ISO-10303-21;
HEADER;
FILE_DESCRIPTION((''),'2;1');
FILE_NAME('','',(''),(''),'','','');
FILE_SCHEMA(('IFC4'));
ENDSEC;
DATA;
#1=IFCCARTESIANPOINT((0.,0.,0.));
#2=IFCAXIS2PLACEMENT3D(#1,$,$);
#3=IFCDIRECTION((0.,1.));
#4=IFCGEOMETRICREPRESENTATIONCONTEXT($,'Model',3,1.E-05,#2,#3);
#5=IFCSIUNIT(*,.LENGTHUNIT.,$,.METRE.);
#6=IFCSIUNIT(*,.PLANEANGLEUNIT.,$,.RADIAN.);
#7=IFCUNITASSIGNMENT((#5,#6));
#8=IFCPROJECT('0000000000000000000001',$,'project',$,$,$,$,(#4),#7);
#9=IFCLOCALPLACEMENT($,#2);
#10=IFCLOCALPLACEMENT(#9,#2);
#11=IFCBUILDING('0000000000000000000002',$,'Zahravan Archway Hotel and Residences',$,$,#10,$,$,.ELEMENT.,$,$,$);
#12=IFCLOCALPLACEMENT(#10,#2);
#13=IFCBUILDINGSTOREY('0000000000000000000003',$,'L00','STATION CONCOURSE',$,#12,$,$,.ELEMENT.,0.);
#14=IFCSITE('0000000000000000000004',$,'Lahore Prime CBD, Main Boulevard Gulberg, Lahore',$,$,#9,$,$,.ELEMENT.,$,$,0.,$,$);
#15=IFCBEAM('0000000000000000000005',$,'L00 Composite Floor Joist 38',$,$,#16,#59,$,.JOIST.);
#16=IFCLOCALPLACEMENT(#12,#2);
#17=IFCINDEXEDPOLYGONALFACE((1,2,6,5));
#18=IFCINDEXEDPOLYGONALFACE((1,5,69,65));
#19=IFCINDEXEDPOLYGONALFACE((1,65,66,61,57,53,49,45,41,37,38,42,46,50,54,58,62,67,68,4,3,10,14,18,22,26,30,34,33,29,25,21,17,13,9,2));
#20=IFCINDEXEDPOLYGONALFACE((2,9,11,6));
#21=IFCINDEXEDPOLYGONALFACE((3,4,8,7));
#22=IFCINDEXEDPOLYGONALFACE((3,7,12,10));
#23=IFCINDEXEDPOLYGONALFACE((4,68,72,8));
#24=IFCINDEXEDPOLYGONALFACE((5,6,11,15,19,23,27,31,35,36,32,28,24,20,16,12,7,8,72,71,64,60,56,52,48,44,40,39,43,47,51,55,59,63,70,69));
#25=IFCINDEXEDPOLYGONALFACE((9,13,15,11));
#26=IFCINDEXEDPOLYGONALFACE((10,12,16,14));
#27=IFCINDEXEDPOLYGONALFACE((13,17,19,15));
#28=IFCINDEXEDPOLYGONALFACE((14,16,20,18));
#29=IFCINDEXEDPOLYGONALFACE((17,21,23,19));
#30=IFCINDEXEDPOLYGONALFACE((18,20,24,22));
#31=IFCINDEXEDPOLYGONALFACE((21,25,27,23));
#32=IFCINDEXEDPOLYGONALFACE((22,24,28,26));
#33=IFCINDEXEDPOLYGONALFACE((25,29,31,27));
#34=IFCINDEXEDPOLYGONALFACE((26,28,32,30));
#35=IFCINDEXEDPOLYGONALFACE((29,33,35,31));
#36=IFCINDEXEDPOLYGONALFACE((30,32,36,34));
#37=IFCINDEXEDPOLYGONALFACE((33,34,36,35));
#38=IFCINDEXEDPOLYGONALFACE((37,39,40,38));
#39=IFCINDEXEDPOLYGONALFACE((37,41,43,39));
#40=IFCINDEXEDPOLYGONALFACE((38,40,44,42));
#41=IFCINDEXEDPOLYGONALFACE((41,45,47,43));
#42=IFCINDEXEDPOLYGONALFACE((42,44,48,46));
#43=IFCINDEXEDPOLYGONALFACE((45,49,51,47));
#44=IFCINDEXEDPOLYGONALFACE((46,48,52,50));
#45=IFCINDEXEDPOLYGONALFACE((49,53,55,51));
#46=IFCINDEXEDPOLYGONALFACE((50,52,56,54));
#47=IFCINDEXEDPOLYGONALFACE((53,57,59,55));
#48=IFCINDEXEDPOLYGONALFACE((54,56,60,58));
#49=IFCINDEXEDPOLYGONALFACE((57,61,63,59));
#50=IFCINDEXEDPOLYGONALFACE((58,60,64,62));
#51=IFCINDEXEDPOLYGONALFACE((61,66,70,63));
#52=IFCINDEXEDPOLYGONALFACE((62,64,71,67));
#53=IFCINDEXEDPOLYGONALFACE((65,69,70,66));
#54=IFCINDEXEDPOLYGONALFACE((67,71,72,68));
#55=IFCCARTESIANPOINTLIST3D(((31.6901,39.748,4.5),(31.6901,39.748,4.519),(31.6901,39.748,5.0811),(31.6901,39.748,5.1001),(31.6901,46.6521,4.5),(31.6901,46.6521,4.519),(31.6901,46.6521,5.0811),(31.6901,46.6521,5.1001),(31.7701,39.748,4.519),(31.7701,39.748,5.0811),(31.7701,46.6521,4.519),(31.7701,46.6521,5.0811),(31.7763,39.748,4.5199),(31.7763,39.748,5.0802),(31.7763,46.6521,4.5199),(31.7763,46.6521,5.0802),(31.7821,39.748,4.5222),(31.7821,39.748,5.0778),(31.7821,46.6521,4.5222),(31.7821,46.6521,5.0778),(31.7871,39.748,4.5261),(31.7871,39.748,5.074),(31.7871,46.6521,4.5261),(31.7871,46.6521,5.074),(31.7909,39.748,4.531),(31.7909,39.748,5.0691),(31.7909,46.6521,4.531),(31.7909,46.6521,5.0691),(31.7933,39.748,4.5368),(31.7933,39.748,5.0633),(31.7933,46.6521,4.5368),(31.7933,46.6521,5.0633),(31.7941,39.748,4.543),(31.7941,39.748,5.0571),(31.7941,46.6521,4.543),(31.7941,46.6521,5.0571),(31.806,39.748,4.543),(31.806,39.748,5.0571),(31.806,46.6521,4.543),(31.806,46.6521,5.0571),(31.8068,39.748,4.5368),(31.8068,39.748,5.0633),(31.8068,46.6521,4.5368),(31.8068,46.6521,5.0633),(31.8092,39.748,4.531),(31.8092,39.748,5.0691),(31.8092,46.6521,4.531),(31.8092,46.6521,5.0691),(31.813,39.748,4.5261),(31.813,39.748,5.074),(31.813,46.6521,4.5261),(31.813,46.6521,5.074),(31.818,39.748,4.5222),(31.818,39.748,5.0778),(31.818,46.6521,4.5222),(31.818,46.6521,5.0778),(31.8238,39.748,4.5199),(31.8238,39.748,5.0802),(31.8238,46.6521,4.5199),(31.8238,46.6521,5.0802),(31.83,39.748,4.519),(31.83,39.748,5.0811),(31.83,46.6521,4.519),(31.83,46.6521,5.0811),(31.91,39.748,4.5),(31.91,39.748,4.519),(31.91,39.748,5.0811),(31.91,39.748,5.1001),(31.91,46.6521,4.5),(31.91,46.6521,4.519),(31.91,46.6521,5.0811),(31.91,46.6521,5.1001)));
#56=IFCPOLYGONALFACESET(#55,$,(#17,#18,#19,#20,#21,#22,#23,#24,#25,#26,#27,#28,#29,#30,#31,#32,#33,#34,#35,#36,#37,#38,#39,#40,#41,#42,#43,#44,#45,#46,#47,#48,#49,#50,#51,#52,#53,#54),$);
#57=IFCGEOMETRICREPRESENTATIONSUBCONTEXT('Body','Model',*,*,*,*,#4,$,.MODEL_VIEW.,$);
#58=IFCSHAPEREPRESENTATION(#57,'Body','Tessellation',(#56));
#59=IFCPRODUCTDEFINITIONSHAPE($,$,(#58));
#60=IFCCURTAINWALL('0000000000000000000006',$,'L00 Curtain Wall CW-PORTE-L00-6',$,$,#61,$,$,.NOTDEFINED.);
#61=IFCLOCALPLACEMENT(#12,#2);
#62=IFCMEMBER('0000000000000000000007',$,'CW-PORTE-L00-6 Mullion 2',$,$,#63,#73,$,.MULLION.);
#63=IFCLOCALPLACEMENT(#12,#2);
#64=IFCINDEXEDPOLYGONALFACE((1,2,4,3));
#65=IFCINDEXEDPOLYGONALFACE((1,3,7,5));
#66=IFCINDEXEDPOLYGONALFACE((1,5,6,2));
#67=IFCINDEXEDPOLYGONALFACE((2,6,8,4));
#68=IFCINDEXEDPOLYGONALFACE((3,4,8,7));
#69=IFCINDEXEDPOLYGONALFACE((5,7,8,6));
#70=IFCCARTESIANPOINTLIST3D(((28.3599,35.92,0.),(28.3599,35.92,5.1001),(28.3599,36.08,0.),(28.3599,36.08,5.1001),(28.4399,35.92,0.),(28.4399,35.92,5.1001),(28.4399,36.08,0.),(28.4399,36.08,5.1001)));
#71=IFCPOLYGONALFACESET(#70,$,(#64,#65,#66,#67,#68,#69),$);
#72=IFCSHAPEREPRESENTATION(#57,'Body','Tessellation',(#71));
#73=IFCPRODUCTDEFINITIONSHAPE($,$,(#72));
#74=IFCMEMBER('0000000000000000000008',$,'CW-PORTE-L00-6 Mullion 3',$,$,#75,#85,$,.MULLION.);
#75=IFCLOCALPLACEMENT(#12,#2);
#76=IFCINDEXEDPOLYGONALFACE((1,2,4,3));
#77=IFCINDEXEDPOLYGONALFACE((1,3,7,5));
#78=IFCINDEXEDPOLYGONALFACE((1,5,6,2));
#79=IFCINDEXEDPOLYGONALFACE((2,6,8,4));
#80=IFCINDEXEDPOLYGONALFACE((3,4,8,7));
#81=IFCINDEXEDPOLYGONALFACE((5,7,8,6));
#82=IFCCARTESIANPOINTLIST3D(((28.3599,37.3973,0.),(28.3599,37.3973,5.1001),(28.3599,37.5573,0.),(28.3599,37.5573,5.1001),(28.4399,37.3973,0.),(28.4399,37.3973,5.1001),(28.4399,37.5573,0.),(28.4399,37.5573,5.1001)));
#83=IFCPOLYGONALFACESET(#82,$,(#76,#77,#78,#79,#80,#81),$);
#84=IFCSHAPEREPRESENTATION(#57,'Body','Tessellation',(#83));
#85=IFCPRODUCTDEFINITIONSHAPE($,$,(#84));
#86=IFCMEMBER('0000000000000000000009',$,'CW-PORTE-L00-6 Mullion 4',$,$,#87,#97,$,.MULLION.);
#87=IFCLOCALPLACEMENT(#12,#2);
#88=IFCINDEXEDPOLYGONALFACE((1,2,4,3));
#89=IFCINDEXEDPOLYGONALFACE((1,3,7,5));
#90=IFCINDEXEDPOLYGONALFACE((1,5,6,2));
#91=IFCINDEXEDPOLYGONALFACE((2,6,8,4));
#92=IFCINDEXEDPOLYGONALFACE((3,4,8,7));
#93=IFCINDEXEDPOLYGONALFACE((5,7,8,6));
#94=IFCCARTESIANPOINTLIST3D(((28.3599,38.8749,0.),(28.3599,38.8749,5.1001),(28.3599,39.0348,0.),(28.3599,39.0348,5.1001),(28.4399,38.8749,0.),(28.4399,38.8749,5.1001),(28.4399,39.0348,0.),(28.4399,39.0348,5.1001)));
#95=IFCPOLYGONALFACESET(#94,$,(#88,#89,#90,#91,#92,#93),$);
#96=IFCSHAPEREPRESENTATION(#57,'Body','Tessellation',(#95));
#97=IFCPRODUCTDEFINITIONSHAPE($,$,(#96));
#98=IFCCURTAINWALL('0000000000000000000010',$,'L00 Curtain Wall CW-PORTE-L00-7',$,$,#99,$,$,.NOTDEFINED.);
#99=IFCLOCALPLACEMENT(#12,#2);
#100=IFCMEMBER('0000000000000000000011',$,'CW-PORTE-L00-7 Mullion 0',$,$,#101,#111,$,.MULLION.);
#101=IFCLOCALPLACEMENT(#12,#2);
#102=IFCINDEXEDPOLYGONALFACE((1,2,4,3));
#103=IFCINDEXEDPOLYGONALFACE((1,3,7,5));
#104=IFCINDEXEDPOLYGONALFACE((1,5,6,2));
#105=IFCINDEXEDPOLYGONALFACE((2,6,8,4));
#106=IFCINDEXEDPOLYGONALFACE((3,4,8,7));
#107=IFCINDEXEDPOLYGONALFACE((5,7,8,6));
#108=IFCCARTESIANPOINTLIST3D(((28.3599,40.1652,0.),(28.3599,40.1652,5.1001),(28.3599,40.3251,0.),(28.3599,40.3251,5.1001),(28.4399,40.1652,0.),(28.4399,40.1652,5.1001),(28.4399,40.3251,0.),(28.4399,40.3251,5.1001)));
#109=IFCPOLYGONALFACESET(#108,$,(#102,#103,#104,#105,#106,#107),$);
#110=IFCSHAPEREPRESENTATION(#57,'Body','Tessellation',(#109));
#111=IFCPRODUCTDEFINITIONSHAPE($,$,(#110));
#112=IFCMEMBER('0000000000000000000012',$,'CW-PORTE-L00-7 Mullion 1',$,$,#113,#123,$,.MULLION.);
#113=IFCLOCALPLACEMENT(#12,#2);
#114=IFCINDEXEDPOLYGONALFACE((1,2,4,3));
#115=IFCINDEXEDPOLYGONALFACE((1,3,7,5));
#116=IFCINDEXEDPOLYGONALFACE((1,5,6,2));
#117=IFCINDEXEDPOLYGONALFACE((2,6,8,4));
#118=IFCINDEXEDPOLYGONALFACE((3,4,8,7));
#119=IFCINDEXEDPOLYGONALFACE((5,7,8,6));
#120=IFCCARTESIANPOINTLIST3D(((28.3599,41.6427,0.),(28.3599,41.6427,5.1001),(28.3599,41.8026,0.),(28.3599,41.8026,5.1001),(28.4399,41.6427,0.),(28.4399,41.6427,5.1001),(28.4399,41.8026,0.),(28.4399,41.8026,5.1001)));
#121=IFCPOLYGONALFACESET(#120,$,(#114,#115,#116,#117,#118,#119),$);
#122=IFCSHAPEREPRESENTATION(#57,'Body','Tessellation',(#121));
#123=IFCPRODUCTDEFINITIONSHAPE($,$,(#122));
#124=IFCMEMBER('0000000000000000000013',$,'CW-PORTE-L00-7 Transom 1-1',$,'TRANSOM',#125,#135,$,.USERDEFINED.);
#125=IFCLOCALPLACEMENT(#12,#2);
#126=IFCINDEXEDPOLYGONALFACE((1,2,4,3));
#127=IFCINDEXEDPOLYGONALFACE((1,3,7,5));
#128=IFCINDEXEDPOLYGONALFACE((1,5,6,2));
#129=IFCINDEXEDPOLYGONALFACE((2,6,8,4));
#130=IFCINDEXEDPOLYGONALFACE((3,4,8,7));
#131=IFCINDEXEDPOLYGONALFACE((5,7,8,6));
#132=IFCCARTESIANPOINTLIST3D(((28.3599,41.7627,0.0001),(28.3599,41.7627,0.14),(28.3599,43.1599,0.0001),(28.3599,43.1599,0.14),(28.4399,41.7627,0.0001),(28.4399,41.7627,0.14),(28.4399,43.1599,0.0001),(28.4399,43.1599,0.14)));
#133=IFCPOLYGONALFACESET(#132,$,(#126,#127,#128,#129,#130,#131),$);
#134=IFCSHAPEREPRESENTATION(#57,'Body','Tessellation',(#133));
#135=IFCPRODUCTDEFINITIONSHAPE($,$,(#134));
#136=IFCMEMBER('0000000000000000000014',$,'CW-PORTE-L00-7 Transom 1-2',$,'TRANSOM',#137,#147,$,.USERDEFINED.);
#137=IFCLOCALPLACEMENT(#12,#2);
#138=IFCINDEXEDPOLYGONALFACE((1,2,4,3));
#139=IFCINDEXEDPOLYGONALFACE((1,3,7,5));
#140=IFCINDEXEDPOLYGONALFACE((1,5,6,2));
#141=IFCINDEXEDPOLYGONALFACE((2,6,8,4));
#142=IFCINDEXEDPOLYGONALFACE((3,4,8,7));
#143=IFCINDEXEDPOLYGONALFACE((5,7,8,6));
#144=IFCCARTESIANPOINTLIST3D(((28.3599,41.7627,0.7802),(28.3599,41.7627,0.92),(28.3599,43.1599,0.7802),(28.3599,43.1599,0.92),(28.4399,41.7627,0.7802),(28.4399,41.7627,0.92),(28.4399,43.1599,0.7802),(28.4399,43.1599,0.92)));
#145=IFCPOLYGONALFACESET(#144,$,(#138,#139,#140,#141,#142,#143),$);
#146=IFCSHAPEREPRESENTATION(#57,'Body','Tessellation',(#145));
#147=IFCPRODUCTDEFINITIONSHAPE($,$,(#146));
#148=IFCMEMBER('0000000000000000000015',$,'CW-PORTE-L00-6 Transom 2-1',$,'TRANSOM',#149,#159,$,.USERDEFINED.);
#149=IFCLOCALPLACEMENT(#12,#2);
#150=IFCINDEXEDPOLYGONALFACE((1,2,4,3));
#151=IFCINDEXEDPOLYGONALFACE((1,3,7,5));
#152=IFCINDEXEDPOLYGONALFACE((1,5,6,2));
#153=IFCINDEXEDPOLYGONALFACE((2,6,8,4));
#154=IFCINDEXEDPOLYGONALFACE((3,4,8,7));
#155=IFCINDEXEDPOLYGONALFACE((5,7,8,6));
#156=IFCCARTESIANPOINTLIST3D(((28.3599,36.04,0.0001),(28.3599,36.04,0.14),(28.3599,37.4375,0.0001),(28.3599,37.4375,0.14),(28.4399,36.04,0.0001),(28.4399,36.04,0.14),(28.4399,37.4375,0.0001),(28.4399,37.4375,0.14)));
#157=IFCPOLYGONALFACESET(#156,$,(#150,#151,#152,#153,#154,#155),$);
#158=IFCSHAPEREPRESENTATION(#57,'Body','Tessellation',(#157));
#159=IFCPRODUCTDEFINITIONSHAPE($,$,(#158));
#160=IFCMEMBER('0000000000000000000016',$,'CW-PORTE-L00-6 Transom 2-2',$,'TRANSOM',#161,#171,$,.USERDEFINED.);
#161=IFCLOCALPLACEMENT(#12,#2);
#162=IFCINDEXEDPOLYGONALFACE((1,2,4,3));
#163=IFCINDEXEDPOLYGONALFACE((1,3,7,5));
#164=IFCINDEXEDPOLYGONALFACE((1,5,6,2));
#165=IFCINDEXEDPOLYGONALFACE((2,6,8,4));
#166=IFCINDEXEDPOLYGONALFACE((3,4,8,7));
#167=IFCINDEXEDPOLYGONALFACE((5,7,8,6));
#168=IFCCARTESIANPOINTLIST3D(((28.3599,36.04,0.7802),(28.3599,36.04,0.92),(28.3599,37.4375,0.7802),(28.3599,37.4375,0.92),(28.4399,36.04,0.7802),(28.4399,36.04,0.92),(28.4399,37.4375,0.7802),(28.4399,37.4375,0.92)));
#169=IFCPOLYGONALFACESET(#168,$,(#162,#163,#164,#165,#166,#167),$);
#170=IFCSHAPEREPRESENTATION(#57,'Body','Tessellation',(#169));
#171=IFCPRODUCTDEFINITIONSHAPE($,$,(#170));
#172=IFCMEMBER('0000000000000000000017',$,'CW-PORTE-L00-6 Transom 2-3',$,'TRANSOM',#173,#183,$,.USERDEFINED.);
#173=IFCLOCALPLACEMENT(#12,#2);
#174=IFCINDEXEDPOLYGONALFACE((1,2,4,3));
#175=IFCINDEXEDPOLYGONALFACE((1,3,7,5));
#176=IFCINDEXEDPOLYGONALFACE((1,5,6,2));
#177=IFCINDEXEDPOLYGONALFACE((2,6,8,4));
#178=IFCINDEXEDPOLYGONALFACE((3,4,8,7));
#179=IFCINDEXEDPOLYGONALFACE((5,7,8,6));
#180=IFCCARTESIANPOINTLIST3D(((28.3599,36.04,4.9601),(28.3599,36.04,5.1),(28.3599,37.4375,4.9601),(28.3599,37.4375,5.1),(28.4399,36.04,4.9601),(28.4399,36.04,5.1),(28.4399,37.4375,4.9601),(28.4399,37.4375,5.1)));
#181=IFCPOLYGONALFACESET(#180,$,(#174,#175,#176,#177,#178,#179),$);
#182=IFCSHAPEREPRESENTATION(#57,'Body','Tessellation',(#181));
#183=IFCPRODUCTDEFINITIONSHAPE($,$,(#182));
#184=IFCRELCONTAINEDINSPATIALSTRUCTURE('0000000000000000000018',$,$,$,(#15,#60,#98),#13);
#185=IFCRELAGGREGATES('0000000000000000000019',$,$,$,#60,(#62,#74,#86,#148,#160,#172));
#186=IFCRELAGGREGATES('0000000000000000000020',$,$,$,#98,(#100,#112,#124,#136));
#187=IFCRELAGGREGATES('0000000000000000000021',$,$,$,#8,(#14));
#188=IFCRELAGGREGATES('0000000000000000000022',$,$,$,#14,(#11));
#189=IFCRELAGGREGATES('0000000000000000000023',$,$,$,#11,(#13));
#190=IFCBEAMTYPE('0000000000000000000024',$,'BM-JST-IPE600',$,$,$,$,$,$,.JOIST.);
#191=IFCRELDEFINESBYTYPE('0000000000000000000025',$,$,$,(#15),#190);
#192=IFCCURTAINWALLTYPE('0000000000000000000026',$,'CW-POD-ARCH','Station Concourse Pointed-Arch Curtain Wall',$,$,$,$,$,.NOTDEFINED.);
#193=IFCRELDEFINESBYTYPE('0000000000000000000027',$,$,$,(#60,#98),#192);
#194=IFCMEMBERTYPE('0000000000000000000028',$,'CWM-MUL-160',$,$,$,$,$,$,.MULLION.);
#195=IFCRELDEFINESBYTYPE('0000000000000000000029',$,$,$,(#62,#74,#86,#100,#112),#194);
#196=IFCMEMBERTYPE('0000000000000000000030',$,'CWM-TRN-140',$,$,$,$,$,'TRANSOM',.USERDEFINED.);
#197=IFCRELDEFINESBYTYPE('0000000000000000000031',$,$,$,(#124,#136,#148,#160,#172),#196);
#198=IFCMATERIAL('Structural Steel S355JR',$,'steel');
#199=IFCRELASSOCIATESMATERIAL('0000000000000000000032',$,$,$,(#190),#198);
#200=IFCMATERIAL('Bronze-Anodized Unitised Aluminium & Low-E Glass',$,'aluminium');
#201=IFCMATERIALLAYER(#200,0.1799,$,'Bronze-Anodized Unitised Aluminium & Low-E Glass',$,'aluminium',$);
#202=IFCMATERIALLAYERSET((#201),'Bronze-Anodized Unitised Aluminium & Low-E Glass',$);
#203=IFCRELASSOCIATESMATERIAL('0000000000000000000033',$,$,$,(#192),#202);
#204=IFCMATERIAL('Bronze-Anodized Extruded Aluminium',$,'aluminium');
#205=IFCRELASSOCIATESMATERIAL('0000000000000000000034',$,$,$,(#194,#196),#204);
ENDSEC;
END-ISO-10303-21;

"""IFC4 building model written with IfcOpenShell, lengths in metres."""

from ifc_helpers import new_model, si_unit, direction, frame, origin, origin_2d, place, context, subcontext, project, spatial, rectangle, i_section, extrude, source, transform, mapped, material, layer, layer_set, material_profile, profile_set, type_object, type_shapes, element, aggregate, save


model = new_model("IFC4")

# Units and contexts
model_context = context("Model", 3, precision=1e-05, world=origin(), true_north=direction((0.0, 1.0)))
body_context = subcontext(model_context, "Body", "Model", "MODEL_VIEW")
ifc_project = project(units=[si_unit("LENGTHUNIT", "METRE"), si_unit("PLANEANGLEUNIT", "RADIAN")], contexts=[model_context])

# Site, building, storey
site_placement = place(None, origin())
site = spatial("IfcSite", under=ifc_project, at=site_placement, Name="Lahore Prime CBD, Main Boulevard Gulberg, Lahore", CompositionType="ELEMENT", RefElevation=0.0)
building_placement = place(site_placement, origin())
building = spatial("IfcBuilding", under=site, at=building_placement, Name="Zahravan Archway Hotel and Residences", CompositionType="ELEMENT")
storey_placement = place(building_placement, origin())
storey = spatial("IfcBuildingStorey", under=building, at=storey_placement, Name="L00", Description="STATION CONCOURSE", CompositionType="ELEMENT", Elevation=0.0)

# Beam
ifc_material_1 = material(Name="Structural Steel S355JR", Category="steel")
ifc_material_profile_1 = material_profile(ifc_material_1, i_section(OverallWidth=0.22, OverallDepth=0.6001, WebThickness=0.012, FlangeThickness=0.019, FilletRadius=0.0239, at=origin_2d()), Name="IPE 600", Category="steel")
ifc_profile_set_1 = profile_set([ifc_material_profile_1], Name="Structural Steel S355JR")
beam_type_1 = type_object("IfcBeamType", Name="BM-JST-IPE600", PredefinedType="JOIST", material=ifc_profile_set_1)
shared_shape_1 = source(origin(), body_context, "Body", "SweptSolid", [
    extrude(i_section(OverallWidth=0.22, OverallDepth=0.6001, WebThickness=0.012, FlangeThickness=0.019, FilletRadius=0.0239, at=origin_2d()), origin(), (0.0, 0.0, 1.0), 6.9041),
])
type_shapes(beam_type_1, [shared_shape_1])
beam_1_placement = place(storey_placement, frame((31.8, 39.748, 4.8), z_axis=(0.0, 1.0, 0.0), x_axis=(-1.0, 0.0, 0.0)))
element("IfcBeam", 1, at=beam_1_placement, inside=storey, type_object=beam_type_1, Name="L00 Composite Floor Joist 38", PredefinedType="JOIST", context=body_context, shape_type="MappedRepresentation", body=[
    mapped(shared_shape_1, transform((0.0, 0.0, 0.0), scale=1.0)),
])

# Curtain walls, members
ifc_material_2 = material(Name="Bronze-Anodized Unitised Aluminium & Low-E Glass", Category="aluminium")
ifc_layer_1 = layer(ifc_material_2, 0.1799, Name="Bronze-Anodized Unitised Aluminium & Low-E Glass", Category="aluminium")
ifc_layer_set_1 = layer_set([ifc_layer_1], Name="Bronze-Anodized Unitised Aluminium & Low-E Glass")
curtain_wall_type = type_object("IfcCurtainWallType", Name="CW-POD-ARCH", Description="Station Concourse Pointed-Arch Curtain Wall", PredefinedType="NOTDEFINED", material=ifc_layer_set_1)
curtain_wall_1_placement = place(storey_placement, origin())
curtain_wall_1 = element("IfcCurtainWall", 2, at=curtain_wall_1_placement, inside=storey, type_object=curtain_wall_type, Name="L00 Curtain Wall CW-PORTE-L00-6", PredefinedType="NOTDEFINED")
ifc_material_3 = material(Name="Bronze-Anodized Extruded Aluminium", Category="aluminium")
ifc_material_profile_2 = material_profile(ifc_material_3, rectangle(XDim=0.0801, YDim=0.1599, at=origin_2d()), Name="MUL 80x160", Category="aluminium")
ifc_profile_set_2 = profile_set([ifc_material_profile_2], Name="Bronze-Anodized Extruded Aluminium")
member_type_1 = type_object("IfcMemberType", Name="CWM-MUL-160", PredefinedType="MULLION", material=ifc_profile_set_2)
shared_shape_2 = source(origin(), body_context, "Body", "SweptSolid", [
    extrude(rectangle(XDim=0.0801, YDim=0.1599, at=origin_2d()), origin(), (0.0, 0.0, 1.0), 5.1001),
])
member_1_placement = place(storey_placement, frame((28.3999, 36.0, 0.0), z_axis=(0.0, 0.0, 1.0), x_axis=(1.0, 0.0, 0.0)))
member_1 = element("IfcMember", 3, at=member_1_placement, type_object=member_type_1, Name="CW-PORTE-L00-6 Mullion 2", PredefinedType="MULLION", context=body_context, shape_type="MappedRepresentation", body=[
    mapped(shared_shape_2, transform((0.0, 0.0, 0.0), scale=1.0)),
])
member_2_placement = place(storey_placement, frame((28.3999, 37.4773, 0.0), z_axis=(0.0, 0.0, 1.0), x_axis=(1.0, 0.0, 0.0)))
member_2 = element("IfcMember", 4, at=member_2_placement, type_object=member_type_1, Name="CW-PORTE-L00-6 Mullion 3", PredefinedType="MULLION", context=body_context, shape_type="MappedRepresentation", body=[
    mapped(shared_shape_2, transform((0.0, 0.0, 0.0), scale=1.0)),
])
member_3_placement = place(storey_placement, frame((28.3999, 38.9548, 0.0), z_axis=(0.0, 0.0, 1.0), x_axis=(1.0, 0.0, 0.0)))
member_3 = element("IfcMember", 5, at=member_3_placement, type_object=member_type_1, Name="CW-PORTE-L00-6 Mullion 4", PredefinedType="MULLION", context=body_context, shape_type="MappedRepresentation", body=[
    mapped(shared_shape_2, transform((0.0, 0.0, 0.0), scale=1.0)),
])
curtain_wall_2_placement = place(storey_placement, origin())
curtain_wall_2 = element("IfcCurtainWall", 6, at=curtain_wall_2_placement, inside=storey, type_object=curtain_wall_type, Name="L00 Curtain Wall CW-PORTE-L00-7", PredefinedType="NOTDEFINED")
member_4_placement = place(storey_placement, frame((28.3999, 40.2451, 0.0), z_axis=(0.0, 0.0, 1.0), x_axis=(1.0, 0.0, 0.0)))
member_4 = element("IfcMember", 7, at=member_4_placement, type_object=member_type_1, Name="CW-PORTE-L00-7 Mullion 0", PredefinedType="MULLION", context=body_context, shape_type="MappedRepresentation", body=[
    mapped(shared_shape_2, transform((0.0, 0.0, 0.0), scale=1.0)),
])
member_5_placement = place(storey_placement, frame((28.3999, 41.7227, 0.0), z_axis=(0.0, 0.0, 1.0), x_axis=(1.0, 0.0, 0.0)))
member_5 = element("IfcMember", 8, at=member_5_placement, type_object=member_type_1, Name="CW-PORTE-L00-7 Mullion 1", PredefinedType="MULLION", context=body_context, shape_type="MappedRepresentation", body=[
    mapped(shared_shape_2, transform((0.0, 0.0, 0.0), scale=1.0)),
])
ifc_material_profile_3 = material_profile(ifc_material_3, rectangle(XDim=0.0801, YDim=0.1399, at=origin_2d()), Name="TRN 80x140", Category="aluminium")
ifc_profile_set_3 = profile_set([ifc_material_profile_3], Name="Bronze-Anodized Extruded Aluminium")
member_type_2 = type_object("IfcMemberType", Name="CWM-TRN-140", ElementType="TRANSOM", PredefinedType="USERDEFINED", material=ifc_profile_set_3)
shared_shape_3 = source(origin(), body_context, "Body", "SweptSolid", [
    extrude(rectangle(XDim=0.0801, YDim=0.1399, at=origin_2d()), origin(), (0.0, 0.0, 1.0), 1.3972),
])
member_6_placement = place(storey_placement, frame((28.3999, 41.7627, 0.0701), z_axis=(0.0, 1.0, 0.0), x_axis=(-1.0, 0.0, 0.0)))
member_6 = element("IfcMember", 9, at=member_6_placement, type_object=member_type_2, Name="CW-PORTE-L00-7 Transom 1-1", ObjectType="TRANSOM", PredefinedType="USERDEFINED", context=body_context, shape_type="MappedRepresentation", body=[
    mapped(shared_shape_3, transform((0.0, 0.0, 0.0), scale=1.0)),
])
member_7_placement = place(storey_placement, frame((28.3999, 41.7627, 0.8501), z_axis=(0.0, 1.0, 0.0), x_axis=(-1.0, 0.0, 0.0)))
member_7 = element("IfcMember", 10, at=member_7_placement, type_object=member_type_2, Name="CW-PORTE-L00-7 Transom 1-2", ObjectType="TRANSOM", PredefinedType="USERDEFINED", context=body_context, shape_type="MappedRepresentation", body=[
    mapped(shared_shape_3, transform((0.0, 0.0, 0.0), scale=1.0)),
])

# Members
shared_shape_4 = source(origin(), body_context, "Body", "SweptSolid", [
    extrude(rectangle(XDim=0.0801, YDim=0.1399, at=origin_2d()), origin(), (0.0, 0.0, 1.0), 1.3975),
])
member_8_placement = place(storey_placement, frame((28.3999, 36.04, 0.0701), z_axis=(0.0, 1.0, 0.0), x_axis=(-1.0, 0.0, 0.0)))
member_8 = element("IfcMember", 11, at=member_8_placement, type_object=member_type_2, Name="CW-PORTE-L00-6 Transom 2-1", ObjectType="TRANSOM", PredefinedType="USERDEFINED", context=body_context, shape_type="MappedRepresentation", body=[
    mapped(shared_shape_4, transform((0.0, 0.0, 0.0), scale=1.0)),
])
member_9_placement = place(storey_placement, frame((28.3999, 36.04, 0.8501), z_axis=(0.0, 1.0, 0.0), x_axis=(-1.0, 0.0, 0.0)))
member_9 = element("IfcMember", 12, at=member_9_placement, type_object=member_type_2, Name="CW-PORTE-L00-6 Transom 2-2", ObjectType="TRANSOM", PredefinedType="USERDEFINED", context=body_context, shape_type="MappedRepresentation", body=[
    mapped(shared_shape_4, transform((0.0, 0.0, 0.0), scale=1.0)),
])
member_10_placement = place(storey_placement, frame((28.3999, 36.04, 5.03), z_axis=(0.0, 1.0, 0.0), x_axis=(-1.0, 0.0, 0.0)))
member_10 = element("IfcMember", 13, at=member_10_placement, type_object=member_type_2, Name="CW-PORTE-L00-6 Transom 2-3", ObjectType="TRANSOM", PredefinedType="USERDEFINED", context=body_context, shape_type="MappedRepresentation", body=[
    mapped(shared_shape_4, transform((0.0, 0.0, 0.0), scale=1.0)),
])

aggregate(curtain_wall_1, [member_1, member_2, member_3, member_8, member_9, member_10])
aggregate(curtain_wall_2, [member_4, member_5, member_6, member_7])

save(model, "model.ifc")
